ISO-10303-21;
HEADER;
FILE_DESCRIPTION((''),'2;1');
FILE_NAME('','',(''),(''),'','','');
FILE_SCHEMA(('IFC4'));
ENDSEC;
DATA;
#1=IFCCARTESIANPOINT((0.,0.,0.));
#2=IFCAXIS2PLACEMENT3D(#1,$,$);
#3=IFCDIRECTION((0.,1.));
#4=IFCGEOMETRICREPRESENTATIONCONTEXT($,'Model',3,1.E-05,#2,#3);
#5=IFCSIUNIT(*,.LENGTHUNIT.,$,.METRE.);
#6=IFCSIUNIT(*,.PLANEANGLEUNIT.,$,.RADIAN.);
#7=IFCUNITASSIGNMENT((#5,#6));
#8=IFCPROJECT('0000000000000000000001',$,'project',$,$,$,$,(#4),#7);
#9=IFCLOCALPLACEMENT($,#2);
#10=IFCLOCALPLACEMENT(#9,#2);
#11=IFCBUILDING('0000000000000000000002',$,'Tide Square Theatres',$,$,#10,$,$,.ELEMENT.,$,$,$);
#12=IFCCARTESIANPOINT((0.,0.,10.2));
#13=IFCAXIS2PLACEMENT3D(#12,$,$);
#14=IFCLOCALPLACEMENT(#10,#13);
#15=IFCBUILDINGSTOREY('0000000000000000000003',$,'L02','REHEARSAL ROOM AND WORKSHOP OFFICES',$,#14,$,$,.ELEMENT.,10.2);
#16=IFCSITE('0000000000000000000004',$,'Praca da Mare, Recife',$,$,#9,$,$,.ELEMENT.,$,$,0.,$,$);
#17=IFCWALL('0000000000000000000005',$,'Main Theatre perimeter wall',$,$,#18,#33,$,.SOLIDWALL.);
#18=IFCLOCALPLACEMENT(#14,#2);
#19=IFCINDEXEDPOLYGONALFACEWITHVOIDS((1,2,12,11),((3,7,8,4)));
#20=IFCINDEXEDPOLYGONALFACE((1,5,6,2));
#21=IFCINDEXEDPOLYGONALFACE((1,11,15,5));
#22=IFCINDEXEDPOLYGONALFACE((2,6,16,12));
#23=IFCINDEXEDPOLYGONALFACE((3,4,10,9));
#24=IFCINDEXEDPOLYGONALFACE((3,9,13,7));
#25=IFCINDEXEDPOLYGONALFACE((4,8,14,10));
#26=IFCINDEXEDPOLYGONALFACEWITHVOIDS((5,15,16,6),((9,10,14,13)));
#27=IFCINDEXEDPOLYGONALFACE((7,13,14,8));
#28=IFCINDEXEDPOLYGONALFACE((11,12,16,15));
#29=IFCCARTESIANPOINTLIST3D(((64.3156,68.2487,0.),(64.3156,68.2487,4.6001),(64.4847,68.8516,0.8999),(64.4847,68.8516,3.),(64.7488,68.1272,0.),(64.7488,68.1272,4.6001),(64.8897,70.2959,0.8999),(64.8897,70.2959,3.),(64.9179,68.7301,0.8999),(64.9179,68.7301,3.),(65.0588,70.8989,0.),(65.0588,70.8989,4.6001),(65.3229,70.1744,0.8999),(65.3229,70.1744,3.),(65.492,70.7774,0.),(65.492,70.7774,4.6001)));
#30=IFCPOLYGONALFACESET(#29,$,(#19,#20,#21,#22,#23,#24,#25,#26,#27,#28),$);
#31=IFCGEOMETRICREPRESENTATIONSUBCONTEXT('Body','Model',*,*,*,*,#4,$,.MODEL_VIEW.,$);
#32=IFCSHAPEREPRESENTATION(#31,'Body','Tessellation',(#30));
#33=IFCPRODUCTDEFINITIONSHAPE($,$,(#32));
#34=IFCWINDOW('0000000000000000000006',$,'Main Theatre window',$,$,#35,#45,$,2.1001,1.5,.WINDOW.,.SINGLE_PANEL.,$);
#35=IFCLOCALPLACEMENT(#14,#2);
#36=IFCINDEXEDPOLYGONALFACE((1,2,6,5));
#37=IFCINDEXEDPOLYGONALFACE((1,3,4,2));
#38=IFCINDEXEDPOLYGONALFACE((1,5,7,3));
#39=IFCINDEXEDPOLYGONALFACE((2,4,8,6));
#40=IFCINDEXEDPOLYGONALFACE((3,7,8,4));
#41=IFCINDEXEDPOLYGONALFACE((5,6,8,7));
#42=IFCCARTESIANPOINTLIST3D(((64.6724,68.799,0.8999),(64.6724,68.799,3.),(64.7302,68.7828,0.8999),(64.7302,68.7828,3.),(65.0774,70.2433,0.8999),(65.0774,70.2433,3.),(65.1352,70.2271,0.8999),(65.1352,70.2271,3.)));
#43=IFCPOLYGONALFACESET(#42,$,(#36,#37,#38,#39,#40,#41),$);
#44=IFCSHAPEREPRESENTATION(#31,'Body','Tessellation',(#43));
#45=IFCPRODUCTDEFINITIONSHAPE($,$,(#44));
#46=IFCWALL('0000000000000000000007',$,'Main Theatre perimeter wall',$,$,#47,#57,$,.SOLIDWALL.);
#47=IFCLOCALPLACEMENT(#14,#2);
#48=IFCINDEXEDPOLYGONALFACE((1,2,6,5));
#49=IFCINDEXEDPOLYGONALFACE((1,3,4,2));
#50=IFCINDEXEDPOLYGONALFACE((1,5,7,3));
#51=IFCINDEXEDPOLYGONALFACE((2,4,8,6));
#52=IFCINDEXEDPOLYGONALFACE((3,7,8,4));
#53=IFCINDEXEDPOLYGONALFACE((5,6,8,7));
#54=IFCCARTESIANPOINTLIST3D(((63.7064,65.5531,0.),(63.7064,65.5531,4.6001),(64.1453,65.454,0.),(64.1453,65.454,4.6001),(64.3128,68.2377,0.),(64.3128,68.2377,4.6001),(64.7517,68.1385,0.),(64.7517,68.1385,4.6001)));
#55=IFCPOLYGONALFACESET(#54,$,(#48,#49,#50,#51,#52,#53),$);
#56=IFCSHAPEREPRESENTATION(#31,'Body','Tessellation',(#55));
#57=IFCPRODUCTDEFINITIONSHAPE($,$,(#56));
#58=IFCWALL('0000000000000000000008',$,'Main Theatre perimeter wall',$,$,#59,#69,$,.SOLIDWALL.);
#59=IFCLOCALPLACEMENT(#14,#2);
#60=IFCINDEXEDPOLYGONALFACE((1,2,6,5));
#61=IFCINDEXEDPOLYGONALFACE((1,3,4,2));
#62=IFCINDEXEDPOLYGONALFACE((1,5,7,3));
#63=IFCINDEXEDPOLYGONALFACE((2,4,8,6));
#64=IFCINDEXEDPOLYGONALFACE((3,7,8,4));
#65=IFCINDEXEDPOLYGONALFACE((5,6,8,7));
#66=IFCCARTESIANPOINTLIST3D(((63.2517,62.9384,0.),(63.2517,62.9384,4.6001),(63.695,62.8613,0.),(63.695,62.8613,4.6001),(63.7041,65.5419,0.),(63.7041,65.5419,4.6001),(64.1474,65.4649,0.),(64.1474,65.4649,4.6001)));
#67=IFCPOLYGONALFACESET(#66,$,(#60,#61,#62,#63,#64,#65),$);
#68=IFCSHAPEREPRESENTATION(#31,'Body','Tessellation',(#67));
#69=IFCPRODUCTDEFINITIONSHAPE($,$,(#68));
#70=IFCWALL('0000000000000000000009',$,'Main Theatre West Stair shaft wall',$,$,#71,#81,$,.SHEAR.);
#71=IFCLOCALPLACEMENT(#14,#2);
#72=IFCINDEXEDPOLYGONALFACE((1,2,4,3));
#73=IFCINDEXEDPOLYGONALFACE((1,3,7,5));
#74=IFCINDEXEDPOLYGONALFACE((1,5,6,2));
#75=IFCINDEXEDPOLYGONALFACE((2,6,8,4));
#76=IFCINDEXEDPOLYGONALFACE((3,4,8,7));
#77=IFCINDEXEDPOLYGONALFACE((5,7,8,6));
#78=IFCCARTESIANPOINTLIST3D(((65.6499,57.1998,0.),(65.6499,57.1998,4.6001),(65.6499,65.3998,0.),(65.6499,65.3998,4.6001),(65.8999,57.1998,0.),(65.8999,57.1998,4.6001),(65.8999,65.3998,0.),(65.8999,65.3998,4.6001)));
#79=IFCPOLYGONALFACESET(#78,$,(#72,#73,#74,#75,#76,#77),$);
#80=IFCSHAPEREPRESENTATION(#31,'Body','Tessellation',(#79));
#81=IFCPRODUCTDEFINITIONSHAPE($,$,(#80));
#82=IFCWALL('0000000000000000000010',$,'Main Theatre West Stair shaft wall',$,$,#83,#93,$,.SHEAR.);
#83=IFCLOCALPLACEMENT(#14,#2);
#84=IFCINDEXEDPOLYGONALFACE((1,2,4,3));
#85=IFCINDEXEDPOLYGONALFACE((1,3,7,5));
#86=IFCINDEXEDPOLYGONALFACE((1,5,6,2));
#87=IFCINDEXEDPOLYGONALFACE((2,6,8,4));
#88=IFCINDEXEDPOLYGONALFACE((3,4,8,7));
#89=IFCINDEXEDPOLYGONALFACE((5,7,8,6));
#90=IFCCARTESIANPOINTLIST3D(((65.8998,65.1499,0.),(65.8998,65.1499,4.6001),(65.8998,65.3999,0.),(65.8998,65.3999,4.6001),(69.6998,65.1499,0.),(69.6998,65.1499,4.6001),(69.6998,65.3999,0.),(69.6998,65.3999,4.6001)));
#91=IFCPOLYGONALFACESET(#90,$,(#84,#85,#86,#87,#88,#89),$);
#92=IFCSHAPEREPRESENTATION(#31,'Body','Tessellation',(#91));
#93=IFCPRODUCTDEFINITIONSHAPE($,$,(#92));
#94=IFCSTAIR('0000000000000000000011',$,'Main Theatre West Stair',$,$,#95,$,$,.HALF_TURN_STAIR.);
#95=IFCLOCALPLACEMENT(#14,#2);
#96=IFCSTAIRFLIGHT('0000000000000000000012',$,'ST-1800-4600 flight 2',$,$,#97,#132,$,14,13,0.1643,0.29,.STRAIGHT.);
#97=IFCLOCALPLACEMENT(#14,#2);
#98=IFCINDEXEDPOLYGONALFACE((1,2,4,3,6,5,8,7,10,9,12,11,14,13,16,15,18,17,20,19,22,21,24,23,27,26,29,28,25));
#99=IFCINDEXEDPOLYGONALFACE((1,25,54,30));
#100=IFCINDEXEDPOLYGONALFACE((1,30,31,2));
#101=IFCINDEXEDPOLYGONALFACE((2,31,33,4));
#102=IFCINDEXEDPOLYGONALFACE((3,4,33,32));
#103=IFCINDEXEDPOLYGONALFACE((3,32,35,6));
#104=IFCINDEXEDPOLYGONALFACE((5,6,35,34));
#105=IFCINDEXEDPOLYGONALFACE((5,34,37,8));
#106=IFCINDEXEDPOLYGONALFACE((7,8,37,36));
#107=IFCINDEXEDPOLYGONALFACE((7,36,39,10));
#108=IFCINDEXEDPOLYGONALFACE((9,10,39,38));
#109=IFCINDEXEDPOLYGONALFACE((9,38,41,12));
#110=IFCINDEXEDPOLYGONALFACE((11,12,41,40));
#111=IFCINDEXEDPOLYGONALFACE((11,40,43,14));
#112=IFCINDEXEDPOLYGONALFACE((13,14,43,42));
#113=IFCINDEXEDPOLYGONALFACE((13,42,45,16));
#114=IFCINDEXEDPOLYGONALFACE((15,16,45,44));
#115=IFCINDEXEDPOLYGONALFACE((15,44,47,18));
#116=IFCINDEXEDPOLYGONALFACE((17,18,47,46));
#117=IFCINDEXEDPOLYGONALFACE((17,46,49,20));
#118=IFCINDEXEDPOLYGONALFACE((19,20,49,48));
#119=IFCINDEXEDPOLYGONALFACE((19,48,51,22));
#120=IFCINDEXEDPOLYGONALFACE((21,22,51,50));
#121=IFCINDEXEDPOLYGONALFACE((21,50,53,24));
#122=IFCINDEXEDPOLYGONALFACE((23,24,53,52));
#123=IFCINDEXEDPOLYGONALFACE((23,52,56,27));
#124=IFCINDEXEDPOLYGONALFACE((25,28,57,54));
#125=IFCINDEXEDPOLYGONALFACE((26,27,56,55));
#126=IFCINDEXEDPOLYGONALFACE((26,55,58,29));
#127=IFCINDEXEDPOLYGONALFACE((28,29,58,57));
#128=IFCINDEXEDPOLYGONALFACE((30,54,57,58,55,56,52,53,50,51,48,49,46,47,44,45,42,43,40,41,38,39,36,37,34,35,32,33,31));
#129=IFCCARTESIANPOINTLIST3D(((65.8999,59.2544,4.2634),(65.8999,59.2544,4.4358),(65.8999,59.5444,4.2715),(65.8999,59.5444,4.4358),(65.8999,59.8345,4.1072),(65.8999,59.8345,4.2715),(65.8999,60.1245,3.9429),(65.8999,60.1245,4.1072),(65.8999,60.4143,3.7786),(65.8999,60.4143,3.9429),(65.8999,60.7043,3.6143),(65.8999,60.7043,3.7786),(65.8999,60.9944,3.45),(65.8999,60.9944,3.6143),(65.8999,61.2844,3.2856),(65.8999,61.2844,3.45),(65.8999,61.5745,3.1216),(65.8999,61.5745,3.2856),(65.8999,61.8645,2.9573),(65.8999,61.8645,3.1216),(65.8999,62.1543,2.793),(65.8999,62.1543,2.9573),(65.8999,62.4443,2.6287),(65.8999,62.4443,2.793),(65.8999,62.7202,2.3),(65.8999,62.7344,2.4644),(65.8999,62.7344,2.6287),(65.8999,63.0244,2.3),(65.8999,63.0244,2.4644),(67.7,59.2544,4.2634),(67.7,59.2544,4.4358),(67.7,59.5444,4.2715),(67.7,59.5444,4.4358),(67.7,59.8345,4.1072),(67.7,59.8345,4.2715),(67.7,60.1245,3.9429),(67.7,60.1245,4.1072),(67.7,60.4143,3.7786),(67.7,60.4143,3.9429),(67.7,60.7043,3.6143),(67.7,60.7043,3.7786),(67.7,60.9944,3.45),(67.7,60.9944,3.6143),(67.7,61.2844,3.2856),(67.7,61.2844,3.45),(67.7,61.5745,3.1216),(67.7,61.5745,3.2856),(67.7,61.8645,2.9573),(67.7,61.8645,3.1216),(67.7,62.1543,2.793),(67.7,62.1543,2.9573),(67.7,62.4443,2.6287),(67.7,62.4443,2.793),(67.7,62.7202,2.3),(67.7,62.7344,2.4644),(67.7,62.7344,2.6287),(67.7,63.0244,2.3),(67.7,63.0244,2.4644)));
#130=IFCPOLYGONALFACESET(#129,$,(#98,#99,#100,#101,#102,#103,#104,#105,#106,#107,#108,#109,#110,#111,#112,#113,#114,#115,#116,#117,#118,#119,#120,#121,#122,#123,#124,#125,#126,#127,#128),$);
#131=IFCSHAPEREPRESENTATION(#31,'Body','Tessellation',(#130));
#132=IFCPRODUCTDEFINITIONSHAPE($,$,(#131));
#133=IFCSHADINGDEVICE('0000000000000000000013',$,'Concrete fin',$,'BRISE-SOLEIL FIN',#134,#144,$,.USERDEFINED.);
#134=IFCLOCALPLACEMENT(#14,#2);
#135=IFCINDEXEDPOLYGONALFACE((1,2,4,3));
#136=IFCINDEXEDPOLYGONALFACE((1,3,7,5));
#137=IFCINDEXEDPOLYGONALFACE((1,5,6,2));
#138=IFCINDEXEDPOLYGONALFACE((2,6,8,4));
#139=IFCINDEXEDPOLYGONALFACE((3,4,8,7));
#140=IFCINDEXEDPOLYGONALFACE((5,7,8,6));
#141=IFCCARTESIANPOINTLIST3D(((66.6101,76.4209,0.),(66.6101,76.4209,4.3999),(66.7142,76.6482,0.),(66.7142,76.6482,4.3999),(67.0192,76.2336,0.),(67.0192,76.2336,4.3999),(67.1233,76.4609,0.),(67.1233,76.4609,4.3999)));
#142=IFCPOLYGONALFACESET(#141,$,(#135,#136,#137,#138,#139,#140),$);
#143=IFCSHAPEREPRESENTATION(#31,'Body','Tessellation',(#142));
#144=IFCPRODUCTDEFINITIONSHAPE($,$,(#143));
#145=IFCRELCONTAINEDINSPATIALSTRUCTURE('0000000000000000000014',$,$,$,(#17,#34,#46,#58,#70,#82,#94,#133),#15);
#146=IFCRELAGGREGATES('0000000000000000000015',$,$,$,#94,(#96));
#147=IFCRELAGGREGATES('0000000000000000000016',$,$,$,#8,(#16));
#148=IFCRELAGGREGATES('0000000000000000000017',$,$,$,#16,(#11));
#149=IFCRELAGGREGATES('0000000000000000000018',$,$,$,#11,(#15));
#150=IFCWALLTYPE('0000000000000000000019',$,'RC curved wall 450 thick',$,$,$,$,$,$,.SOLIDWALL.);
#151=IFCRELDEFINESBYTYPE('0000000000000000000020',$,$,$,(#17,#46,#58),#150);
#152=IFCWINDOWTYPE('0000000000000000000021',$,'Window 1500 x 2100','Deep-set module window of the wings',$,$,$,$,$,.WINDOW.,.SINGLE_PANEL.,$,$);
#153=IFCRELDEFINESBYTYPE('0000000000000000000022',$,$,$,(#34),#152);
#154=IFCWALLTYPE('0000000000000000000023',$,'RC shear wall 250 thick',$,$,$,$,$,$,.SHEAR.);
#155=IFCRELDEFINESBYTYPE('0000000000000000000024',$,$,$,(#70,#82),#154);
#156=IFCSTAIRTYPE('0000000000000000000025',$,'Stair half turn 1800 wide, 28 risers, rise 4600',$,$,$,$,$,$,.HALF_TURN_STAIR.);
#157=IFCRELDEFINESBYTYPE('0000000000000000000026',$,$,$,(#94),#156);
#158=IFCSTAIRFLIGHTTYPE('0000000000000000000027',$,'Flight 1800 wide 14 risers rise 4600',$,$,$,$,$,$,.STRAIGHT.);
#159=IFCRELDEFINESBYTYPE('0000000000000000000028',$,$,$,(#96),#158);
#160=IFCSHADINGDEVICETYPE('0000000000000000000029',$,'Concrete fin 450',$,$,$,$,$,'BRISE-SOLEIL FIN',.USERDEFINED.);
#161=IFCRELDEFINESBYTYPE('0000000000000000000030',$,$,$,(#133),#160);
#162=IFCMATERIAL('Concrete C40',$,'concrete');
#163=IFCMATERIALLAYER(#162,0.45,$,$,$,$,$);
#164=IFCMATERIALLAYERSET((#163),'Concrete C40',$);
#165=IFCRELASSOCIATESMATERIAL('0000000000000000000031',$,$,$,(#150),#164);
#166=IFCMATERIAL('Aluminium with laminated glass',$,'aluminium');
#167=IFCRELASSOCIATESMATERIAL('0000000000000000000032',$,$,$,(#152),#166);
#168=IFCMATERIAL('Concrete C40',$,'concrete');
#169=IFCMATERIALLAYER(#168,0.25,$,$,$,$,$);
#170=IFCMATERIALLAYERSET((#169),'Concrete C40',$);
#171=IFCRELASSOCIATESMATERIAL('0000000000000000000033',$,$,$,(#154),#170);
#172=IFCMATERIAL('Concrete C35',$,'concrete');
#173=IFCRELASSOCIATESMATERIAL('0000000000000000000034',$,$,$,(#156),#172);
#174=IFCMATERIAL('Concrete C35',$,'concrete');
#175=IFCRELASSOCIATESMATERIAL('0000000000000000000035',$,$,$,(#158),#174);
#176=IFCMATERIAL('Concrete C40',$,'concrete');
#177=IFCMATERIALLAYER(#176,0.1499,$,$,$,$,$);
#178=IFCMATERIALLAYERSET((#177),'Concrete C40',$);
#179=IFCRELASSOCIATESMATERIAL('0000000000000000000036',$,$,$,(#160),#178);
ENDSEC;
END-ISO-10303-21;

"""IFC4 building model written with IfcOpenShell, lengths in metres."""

from ifc_helpers import new_model, si_unit, direction, frame, frame_2d, origin, origin_2d, place, context, subcontext, project, spatial, polyline, rectangle, outline, extrude, material, layer, layer_set, type_object, element, fill, aggregate, save


model = new_model("IFC4")

# Units and contexts
model_context = context("Model", 3, precision=1e-05, world=origin(), true_north=direction((0.0, 1.0)))
body_context = subcontext(model_context, "Body", "Model", "MODEL_VIEW")
ifc_project = project(units=[si_unit("LENGTHUNIT", "METRE"), si_unit("PLANEANGLEUNIT", "RADIAN")], contexts=[model_context])

# Site, building, storey
site_placement = place(None, origin())
site = spatial("IfcSite", under=ifc_project, at=site_placement, Name="Praca da Mare, Recife", CompositionType="ELEMENT", RefElevation=0.0)
building_placement = place(site_placement, origin())
building = spatial("IfcBuilding", under=site, at=building_placement, Name="Tide Square Theatres", CompositionType="ELEMENT")
storey_placement = place(building_placement, frame((0.0, 0.0, 10.2)))
storey = spatial("IfcBuildingStorey", under=building, at=storey_placement, Name="L02", Description="REHEARSAL ROOM AND WORKSHOP OFFICES", CompositionType="ELEMENT", Elevation=10.2)

# Shared definitions
ifc_material_1 = material(Name="Concrete C40", Category="concrete")
ifc_layer_1 = layer(ifc_material_1, 0.45)
ifc_layer_set_1 = layer_set([ifc_layer_1], Name="Concrete C40")
wall_type_1 = type_object("IfcWallType", Name="RC curved wall 450 thick", PredefinedType="SOLIDWALL", material=ifc_layer_set_1)

# Wall, opening, window
ifc_material_2 = material(Name="Aluminium with laminated glass", Category="aluminium")
window_type = type_object("IfcWindowType", Name="Window 1500 x 2100", Description="Deep-set module window of the wings", PartitioningType="SINGLE_PANEL", PredefinedType="WINDOW", material=ifc_material_2)
wall_1_placement = place(storey_placement, frame((65.2754, 70.8381, 0.0), z_axis=(0.0, 0.0, 1.0), x_axis=(-0.270008, -0.962858, 0.0)))
wall_1 = element("IfcWall", 1, at=wall_1_placement, inside=storey, type_object=wall_type_1, Name="Main Theatre perimeter wall", PredefinedType="SOLIDWALL", context=body_context, shape_type="SweptSolid", body=[
    extrude(rectangle(XDim=2.7524, YDim=0.45, at=frame_2d((1.3762, 0.0))), origin(), (0.0, 0.0, 1.0), 4.6001),
])
opening_1_placement = place(wall_1_placement, frame((0.6262, 0.0, 0.8999)))
opening_1 = element("IfcOpeningElement", 2, at=opening_1_placement, cuts=wall_1, PredefinedType="OPENING", context=body_context, shape_type="SweptSolid", body=[
    extrude(rectangle(XDim=1.5, YDim=2.1001, at=frame_2d((0.75, 1.05))), frame((0.0, 0.2349, 0.0), z_axis=(0.0, -1.0, 0.0), x_axis=(1.0, 0.0, 0.0)), (0.0, 0.0, 1.0), 0.47),
])
window_1_placement = place(opening_1_placement, origin())
window_1 = element("IfcWindow", 3, at=window_1_placement, inside=storey, type_object=window_type, Name="Main Theatre window", OverallHeight=2.1001, OverallWidth=1.5, PartitioningType="SINGLE_PANEL", PredefinedType="WINDOW", context=body_context, shape_type="SweptSolid", body=[
    extrude(rectangle(XDim=1.5, YDim=2.1001, at=frame_2d((0.75, 1.05))), frame((0.0, 0.03, 0.0), z_axis=(0.0, -1.0, 0.0), x_axis=(1.0, 0.0, 0.0)), (0.0, 0.0, 1.0), 0.0601),
])
fill(opening_1, window_1)

# Walls
wall_2_placement = place(storey_placement, frame((64.5322, 68.188, 0.0), z_axis=(0.0, 0.0, 1.0), x_axis=(-0.220348, -0.975421, 0.0)))
element("IfcWall", 4, at=wall_2_placement, inside=storey, type_object=wall_type_1, Name="Main Theatre perimeter wall", PredefinedType="SOLIDWALL", context=body_context, shape_type="SweptSolid", body=[
    extrude(rectangle(XDim=2.7522, YDim=0.45, at=frame_2d((1.376, 0.0))), origin(), (0.0, 0.0, 1.0), 4.6001),
])
wall_3_placement = place(storey_placement, frame((63.9258, 65.5034, 0.0), z_axis=(0.0, 0.0, 1.0), x_axis=(-0.171197, -0.985237, 0.0)))
element("IfcWall", 5, at=wall_3_placement, inside=storey, type_object=wall_type_1, Name="Main Theatre perimeter wall", PredefinedType="SOLIDWALL", context=body_context, shape_type="SweptSolid", body=[
    extrude(rectangle(XDim=2.6426, YDim=0.45, at=frame_2d((1.3213, 0.0))), origin(), (0.0, 0.0, 1.0), 4.6001),
])
ifc_material_3 = material(Name="Concrete C40", Category="concrete")
ifc_layer_2 = layer(ifc_material_3, 0.25)
ifc_layer_set_2 = layer_set([ifc_layer_2], Name="Concrete C40")
wall_type_2 = type_object("IfcWallType", Name="RC shear wall 250 thick", PredefinedType="SHEAR", material=ifc_layer_set_2)
wall_4_placement = place(storey_placement, frame((65.7749, 65.3999, 0.0), z_axis=(0.0, 0.0, 1.0), x_axis=(0.0, -1.0, 0.0)))
element("IfcWall", 6, at=wall_4_placement, inside=storey, type_object=wall_type_2, Name="Main Theatre West Stair shaft wall", PredefinedType="SHEAR", context=body_context, shape_type="SweptSolid", body=[
    extrude(rectangle(XDim=8.2, YDim=0.25, at=frame_2d((4.1001, 0.0))), origin(), (0.0, 0.0, 1.0), 4.6001),
])
wall_5_placement = place(storey_placement, frame((65.8999, 65.2749, 0.0), z_axis=(0.0, 0.0, 1.0), x_axis=(1.0, 0.0, 0.0)))
element("IfcWall", 7, at=wall_5_placement, inside=storey, type_object=wall_type_2, Name="Main Theatre West Stair shaft wall", PredefinedType="SHEAR", context=body_context, shape_type="SweptSolid", body=[
    extrude(rectangle(XDim=3.8, YDim=0.25, at=frame_2d((1.8999, 0.0))), origin(), (0.0, 0.0, 1.0), 4.6001),
])

# Stair, stair flight
ifc_material_4 = material(Name="Concrete C35", Category="concrete")
stair_type = type_object("IfcStairType", Name="Stair half turn 1800 wide, 28 risers, rise 4600", PredefinedType="HALF_TURN_STAIR", material=ifc_material_4)
stair_placement = place(storey_placement, origin())
stair = element("IfcStair", 8, at=stair_placement, inside=storey, type_object=stair_type, Name="Main Theatre West Stair", PredefinedType="HALF_TURN_STAIR")
ifc_material_5 = material(Name="Concrete C35", Category="concrete")
stair_flight_type = type_object("IfcStairFlightType", Name="Flight 1800 wide 14 risers rise 4600", PredefinedType="STRAIGHT", material=ifc_material_5)
stair_flight_placement = place(storey_placement, frame((66.8, 63.0244, 2.3), z_axis=(0.0, 0.0, 1.0), x_axis=(0.0, -1.0, 0.0)))
stair_flight = element("IfcStairFlight", 9, at=stair_flight_placement, type_object=stair_flight_type, Name="ST-1800-4600 flight 2", NumberOfRisers=14, NumberOfTreads=13, PredefinedType="STRAIGHT", RiserHeight=0.1643, TreadLength=0.29, context=body_context, shape_type="SweptSolid", body=[
    extrude(outline(polyline([(0.0, 0.0), (0.0, 0.1643), (0.29, 0.1643), (0.29, 0.3286), (0.5801, 0.3286), (0.5801, 0.4929), (0.8701, 0.4929), (0.8701, 0.6572), (1.1599, 0.6572), (1.1599, 0.8215), (1.45, 0.8215), (1.45, 0.9856), (1.74, 0.9856), (1.74, 1.1499), (2.03, 1.1499), (2.03, 1.3142), (2.3201, 1.3142), (2.3201, 1.4785), (2.6101, 1.4785), (2.6101, 1.6428), (2.8999, 1.6428), (2.8999, 1.8071), (3.1899, 1.8071), (3.1899, 1.9714), (3.48, 1.9714), (3.48, 2.1357), (3.77, 2.1357), (3.77, 2.3), (3.77, 1.9634), (0.3042, 0.0), (0.0, 0.0)])), frame((0.0, 0.8999, 0.0), z_axis=(0.0, -1.0, 0.0), x_axis=(1.0, 0.0, 0.0)), (0.0, 0.0, 1.0), 1.8),
])
aggregate(stair, [stair_flight])

# Shading device
ifc_material_6 = material(Name="Concrete C40", Category="concrete")
ifc_layer_3 = layer(ifc_material_6, 0.1499)
ifc_layer_set_3 = layer_set([ifc_layer_3], Name="Concrete C40")
shading_device_type = type_object("IfcShadingDeviceType", Name="Concrete fin 450", ElementType="BRISE-SOLEIL FIN", PredefinedType="USERDEFINED", material=ifc_layer_set_3)
shading_device_placement = place(storey_placement, frame((66.8667, 76.4409, 0.0), z_axis=(0.0, 0.0, 1.0), x_axis=(-0.416344, -0.909207, 0.0)))
element("IfcShadingDevice", 10, at=shading_device_placement, inside=storey, type_object=shading_device_type, Name="Concrete fin", ObjectType="BRISE-SOLEIL FIN", PredefinedType="USERDEFINED", context=body_context, shape_type="SweptSolid", body=[
    extrude(rectangle(XDim=0.25, YDim=0.45, at=origin_2d()), origin(), (0.0, 0.0, 1.0), 4.3999),
])

save(model, "model.ifc")
